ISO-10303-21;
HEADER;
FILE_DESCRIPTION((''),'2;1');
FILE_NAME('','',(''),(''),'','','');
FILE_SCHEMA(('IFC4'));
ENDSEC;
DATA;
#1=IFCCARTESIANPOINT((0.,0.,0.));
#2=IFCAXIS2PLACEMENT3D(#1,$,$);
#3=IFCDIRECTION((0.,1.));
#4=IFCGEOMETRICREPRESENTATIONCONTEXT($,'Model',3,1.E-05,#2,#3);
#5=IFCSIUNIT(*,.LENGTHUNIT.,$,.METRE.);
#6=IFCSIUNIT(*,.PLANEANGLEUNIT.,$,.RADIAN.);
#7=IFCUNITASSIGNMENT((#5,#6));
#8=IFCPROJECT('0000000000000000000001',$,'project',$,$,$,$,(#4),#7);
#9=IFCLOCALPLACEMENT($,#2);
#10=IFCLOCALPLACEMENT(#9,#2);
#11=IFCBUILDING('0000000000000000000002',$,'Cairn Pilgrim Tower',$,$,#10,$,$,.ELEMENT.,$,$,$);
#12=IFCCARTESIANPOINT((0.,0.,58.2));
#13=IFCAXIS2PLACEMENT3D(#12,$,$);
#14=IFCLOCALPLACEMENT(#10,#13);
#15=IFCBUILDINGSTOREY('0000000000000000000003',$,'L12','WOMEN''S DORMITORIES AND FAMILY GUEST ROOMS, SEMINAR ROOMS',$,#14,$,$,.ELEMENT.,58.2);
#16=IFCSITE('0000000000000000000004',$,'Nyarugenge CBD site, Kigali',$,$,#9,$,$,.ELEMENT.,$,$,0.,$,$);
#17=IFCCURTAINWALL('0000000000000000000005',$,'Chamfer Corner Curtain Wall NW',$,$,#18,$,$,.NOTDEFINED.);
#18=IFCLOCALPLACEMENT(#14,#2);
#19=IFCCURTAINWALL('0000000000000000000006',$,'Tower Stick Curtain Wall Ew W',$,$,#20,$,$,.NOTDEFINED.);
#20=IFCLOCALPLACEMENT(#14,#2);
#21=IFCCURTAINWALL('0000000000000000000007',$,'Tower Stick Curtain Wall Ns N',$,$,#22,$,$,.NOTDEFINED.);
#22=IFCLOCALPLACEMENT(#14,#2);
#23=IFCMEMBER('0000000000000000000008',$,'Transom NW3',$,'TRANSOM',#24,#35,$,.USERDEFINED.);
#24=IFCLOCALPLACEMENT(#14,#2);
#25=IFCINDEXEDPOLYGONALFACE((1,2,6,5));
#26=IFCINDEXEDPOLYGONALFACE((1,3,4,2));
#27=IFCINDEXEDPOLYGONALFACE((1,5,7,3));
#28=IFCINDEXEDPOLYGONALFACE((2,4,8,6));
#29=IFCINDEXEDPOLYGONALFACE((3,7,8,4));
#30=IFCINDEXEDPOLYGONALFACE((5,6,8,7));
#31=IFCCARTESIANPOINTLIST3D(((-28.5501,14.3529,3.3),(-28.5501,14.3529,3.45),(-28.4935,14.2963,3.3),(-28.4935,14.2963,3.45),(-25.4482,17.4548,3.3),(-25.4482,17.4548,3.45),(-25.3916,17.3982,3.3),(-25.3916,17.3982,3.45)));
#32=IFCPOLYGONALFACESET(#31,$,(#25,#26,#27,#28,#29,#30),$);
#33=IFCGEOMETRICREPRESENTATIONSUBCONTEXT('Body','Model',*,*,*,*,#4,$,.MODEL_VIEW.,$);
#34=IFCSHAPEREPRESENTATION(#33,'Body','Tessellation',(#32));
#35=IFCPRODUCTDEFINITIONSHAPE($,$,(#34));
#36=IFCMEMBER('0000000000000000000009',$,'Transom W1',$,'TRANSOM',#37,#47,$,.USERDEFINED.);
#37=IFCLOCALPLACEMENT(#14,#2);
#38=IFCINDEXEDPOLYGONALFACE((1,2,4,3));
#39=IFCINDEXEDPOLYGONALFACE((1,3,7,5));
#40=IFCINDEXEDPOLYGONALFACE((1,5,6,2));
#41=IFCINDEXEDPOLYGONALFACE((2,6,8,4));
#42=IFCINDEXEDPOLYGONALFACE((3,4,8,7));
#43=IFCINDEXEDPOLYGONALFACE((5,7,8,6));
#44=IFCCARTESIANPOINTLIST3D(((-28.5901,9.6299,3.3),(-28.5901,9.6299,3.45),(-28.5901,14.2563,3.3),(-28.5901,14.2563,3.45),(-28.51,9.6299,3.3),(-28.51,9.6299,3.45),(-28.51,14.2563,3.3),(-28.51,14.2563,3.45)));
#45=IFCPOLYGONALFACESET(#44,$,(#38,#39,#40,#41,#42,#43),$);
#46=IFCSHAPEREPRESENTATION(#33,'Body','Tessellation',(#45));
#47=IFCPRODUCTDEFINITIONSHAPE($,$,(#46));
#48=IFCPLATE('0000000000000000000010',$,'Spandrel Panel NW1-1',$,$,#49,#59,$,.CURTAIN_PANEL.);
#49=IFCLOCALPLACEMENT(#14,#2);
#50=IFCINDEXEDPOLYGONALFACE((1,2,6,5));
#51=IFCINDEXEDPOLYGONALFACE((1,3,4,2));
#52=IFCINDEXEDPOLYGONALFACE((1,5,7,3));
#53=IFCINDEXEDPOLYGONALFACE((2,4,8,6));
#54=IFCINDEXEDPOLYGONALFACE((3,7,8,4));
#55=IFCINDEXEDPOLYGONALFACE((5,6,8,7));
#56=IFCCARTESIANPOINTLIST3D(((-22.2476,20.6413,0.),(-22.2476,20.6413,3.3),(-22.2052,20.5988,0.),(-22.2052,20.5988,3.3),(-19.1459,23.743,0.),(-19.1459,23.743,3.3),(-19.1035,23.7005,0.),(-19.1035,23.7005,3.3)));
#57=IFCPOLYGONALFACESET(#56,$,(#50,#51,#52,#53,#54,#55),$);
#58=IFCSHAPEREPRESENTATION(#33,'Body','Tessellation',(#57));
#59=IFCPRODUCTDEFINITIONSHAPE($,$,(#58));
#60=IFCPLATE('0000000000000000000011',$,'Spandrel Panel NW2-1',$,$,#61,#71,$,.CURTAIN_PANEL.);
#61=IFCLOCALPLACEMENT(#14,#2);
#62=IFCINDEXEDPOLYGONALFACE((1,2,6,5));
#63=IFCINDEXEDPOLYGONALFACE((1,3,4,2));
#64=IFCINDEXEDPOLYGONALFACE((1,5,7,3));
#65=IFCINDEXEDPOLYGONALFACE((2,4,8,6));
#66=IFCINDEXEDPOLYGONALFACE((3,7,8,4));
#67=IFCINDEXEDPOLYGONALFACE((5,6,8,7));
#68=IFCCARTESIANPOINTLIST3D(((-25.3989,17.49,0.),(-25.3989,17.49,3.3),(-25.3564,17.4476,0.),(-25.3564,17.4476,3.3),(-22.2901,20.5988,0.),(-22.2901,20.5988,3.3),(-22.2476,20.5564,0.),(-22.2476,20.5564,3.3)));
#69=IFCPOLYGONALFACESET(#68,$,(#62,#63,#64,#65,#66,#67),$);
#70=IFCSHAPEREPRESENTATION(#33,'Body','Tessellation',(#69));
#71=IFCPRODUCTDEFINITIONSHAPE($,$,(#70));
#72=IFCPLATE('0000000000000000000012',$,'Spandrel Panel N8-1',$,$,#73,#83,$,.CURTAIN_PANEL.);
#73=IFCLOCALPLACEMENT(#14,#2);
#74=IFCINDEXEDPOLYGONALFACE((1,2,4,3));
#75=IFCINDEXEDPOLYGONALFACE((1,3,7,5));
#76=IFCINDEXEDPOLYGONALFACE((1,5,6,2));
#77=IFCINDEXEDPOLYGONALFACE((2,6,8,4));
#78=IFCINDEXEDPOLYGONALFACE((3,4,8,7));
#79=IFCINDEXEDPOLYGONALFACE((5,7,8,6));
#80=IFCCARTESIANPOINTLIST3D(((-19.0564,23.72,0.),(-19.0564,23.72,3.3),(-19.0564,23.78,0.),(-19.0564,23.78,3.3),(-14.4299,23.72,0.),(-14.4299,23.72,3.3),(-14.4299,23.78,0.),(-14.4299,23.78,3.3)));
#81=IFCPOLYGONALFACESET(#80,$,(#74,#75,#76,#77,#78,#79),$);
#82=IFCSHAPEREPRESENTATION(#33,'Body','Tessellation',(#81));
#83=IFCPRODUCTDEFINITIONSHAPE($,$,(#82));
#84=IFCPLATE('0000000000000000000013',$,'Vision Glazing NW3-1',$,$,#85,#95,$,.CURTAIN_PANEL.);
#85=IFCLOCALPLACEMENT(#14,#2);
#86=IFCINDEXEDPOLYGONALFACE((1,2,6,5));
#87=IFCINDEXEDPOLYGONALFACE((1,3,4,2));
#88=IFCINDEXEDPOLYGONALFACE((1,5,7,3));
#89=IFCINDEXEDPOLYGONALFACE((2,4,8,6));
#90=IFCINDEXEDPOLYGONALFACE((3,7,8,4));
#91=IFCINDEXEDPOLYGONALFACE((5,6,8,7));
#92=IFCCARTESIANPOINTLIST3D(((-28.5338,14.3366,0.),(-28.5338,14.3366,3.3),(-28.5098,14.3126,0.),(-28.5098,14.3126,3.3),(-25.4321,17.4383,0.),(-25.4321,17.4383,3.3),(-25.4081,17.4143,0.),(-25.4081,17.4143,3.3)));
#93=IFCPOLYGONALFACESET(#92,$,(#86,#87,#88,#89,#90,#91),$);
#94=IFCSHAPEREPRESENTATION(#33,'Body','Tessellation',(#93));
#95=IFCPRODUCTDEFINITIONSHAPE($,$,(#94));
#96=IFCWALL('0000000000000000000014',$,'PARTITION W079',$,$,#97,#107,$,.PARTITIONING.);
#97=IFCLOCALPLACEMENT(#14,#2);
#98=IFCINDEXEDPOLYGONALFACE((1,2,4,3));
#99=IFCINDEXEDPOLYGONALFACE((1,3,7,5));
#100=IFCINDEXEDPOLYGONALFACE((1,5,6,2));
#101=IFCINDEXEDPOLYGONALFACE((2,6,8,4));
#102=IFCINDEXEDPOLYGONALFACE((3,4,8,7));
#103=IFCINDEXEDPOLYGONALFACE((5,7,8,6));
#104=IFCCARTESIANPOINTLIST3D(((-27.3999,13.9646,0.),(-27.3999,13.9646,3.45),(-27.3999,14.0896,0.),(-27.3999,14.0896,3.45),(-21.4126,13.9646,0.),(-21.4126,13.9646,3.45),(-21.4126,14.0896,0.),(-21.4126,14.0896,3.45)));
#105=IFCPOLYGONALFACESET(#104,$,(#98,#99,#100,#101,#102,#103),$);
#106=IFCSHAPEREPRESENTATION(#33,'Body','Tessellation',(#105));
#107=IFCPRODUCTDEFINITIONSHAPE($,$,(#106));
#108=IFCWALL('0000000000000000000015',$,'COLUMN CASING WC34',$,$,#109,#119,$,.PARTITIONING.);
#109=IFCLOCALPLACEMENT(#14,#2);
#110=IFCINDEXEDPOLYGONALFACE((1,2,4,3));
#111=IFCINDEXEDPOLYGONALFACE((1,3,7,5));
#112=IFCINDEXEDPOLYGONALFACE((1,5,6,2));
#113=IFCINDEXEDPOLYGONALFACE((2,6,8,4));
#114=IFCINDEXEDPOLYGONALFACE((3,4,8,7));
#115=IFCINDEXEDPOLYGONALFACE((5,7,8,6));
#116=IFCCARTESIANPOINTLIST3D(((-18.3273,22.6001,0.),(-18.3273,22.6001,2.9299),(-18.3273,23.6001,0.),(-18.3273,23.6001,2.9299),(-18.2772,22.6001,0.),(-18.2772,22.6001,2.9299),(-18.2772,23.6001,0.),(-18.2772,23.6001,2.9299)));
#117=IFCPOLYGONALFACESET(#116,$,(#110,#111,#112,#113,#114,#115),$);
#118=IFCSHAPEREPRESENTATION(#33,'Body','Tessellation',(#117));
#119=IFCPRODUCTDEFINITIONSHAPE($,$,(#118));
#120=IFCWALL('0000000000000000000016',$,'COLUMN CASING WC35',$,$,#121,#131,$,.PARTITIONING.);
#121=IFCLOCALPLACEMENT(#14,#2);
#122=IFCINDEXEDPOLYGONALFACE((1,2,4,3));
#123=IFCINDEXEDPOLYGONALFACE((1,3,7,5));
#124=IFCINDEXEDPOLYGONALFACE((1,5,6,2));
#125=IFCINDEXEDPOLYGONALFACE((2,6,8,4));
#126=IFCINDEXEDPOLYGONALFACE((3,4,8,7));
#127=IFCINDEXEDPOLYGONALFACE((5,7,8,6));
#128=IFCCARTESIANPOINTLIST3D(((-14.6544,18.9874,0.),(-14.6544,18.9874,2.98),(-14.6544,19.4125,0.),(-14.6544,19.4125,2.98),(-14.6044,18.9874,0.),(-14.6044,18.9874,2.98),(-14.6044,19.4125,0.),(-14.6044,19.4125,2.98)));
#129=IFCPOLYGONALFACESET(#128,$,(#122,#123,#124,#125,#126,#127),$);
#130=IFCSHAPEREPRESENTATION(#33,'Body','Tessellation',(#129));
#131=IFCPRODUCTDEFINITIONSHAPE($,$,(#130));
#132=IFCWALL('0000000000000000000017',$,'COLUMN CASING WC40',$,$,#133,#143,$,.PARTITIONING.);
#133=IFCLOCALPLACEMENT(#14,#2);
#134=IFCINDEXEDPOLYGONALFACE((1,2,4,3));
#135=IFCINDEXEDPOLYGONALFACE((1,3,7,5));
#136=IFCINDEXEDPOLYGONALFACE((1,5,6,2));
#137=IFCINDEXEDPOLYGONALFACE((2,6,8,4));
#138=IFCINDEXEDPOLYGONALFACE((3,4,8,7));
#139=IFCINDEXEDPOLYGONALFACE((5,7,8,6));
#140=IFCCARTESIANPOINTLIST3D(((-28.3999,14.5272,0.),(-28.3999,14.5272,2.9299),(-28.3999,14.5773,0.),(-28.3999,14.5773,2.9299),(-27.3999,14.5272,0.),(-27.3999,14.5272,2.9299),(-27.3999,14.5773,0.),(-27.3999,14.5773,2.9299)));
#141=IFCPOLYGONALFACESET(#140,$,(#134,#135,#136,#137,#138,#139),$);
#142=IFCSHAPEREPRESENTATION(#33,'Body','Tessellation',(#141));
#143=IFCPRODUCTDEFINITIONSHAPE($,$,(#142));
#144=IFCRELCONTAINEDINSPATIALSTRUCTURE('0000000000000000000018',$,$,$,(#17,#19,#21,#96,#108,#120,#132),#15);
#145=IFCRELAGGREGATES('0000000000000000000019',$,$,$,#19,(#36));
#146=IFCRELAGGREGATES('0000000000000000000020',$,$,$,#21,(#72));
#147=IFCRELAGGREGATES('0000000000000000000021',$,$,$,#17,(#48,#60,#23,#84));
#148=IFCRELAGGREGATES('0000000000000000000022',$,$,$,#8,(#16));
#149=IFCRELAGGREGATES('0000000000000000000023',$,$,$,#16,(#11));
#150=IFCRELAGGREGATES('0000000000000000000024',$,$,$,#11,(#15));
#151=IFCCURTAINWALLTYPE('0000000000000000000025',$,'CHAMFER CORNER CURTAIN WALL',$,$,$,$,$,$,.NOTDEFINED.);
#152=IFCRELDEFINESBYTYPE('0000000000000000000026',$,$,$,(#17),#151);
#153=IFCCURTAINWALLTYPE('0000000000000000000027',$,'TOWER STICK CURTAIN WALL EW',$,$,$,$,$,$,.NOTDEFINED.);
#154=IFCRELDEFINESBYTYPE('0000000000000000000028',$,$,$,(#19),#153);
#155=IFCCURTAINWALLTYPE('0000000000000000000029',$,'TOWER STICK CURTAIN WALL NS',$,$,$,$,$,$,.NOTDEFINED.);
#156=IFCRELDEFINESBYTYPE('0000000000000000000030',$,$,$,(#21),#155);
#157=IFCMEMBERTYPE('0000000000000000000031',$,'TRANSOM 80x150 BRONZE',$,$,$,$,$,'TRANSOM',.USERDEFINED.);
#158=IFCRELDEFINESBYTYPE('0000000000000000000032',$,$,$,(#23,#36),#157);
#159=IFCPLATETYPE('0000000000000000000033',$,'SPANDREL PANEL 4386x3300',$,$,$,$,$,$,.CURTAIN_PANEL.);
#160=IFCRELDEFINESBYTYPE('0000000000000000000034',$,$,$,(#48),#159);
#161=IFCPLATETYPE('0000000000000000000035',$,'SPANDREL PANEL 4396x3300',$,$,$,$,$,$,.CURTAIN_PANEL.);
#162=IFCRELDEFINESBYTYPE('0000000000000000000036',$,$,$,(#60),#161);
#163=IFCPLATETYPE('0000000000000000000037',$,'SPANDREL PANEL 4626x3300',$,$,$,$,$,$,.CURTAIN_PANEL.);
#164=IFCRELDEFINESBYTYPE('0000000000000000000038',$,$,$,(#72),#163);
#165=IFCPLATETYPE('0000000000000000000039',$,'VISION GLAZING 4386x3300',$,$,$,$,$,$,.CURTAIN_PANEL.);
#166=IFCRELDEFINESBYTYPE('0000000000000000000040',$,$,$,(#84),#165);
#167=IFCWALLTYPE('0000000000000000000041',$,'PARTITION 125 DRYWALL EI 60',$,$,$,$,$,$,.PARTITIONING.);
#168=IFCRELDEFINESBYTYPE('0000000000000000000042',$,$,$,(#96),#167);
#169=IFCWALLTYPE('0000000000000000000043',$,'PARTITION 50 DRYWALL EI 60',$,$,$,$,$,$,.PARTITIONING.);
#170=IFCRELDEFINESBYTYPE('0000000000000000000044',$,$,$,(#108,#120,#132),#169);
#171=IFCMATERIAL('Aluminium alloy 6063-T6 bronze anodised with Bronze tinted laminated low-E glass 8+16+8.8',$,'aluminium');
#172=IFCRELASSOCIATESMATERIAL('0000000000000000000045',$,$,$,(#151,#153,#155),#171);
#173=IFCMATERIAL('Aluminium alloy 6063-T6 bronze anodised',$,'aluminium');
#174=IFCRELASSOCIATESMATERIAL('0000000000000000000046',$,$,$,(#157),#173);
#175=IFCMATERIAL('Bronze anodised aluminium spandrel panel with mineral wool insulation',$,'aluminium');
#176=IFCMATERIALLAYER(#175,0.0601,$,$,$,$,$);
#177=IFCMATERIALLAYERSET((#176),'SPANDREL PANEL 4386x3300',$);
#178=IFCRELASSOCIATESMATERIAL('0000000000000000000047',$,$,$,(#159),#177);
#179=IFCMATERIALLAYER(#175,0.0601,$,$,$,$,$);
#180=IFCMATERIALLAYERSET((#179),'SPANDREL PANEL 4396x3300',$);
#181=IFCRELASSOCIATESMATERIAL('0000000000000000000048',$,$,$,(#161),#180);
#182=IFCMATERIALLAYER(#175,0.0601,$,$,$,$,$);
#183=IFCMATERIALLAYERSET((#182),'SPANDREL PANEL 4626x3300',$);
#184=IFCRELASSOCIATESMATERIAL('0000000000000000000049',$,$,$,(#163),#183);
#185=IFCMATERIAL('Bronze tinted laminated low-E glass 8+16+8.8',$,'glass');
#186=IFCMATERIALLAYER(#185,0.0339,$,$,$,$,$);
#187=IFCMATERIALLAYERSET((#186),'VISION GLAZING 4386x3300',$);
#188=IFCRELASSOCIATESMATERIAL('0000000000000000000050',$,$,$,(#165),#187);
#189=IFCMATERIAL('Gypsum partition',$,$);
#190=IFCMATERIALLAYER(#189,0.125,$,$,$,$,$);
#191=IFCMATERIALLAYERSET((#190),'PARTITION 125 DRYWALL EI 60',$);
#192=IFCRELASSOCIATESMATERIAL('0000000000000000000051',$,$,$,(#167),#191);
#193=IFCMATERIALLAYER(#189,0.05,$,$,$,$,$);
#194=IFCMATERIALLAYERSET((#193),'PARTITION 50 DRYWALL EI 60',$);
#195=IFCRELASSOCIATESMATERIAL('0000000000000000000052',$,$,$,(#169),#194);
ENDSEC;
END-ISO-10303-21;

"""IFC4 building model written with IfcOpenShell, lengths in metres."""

from ifc_helpers import new_model, si_unit, direction, frame, frame_2d, origin, origin_2d, place, context, subcontext, project, spatial, rectangle, extrude, material, layer, layer_set, material_profile, profile_set, type_object, element, aggregate, save


model = new_model("IFC4")

# Units and contexts
model_context = context("Model", 3, precision=1e-05, world=origin(), true_north=direction((0.0, 1.0)))
body_context = subcontext(model_context, "Body", "Model", "MODEL_VIEW")
ifc_project = project(units=[si_unit("LENGTHUNIT", "METRE"), si_unit("PLANEANGLEUNIT", "RADIAN")], contexts=[model_context])

# Site, building, storey
site_placement = place(None, origin())
site = spatial("IfcSite", under=ifc_project, at=site_placement, Name="Nyarugenge CBD site, Kigali", CompositionType="ELEMENT", RefElevation=0.0)
building_placement = place(site_placement, origin())
building = spatial("IfcBuilding", under=site, at=building_placement, Name="Cairn Pilgrim Tower", CompositionType="ELEMENT")
storey_placement = place(building_placement, frame((0.0, 0.0, 58.2)))
storey = spatial("IfcBuildingStorey", under=building, at=storey_placement, Name="L12", Description="WOMEN'S DORMITORIES AND FAMILY GUEST ROOMS, SEMINAR ROOMS", CompositionType="ELEMENT", Elevation=58.2)

# Curtain wall
ifc_material_1 = material(Name="Aluminium alloy 6063-T6 bronze anodised with Bronze tinted laminated low-E glass 8+16+8.8", Category="aluminium")
curtain_wall_type_1 = type_object("IfcCurtainWallType", Name="CHAMFER CORNER CURTAIN WALL", PredefinedType="NOTDEFINED", material=ifc_material_1)
curtain_wall_1_placement = place(storey_placement, origin())
curtain_wall_1 = element("IfcCurtainWall", 1, at=curtain_wall_1_placement, inside=storey, type_object=curtain_wall_type_1, Name="Chamfer Corner Curtain Wall NW", PredefinedType="NOTDEFINED")
ifc_material_2 = material(Name="Aluminium alloy 6063-T6 bronze anodised", Category="aluminium")

# Curtain wall
curtain_wall_type_2 = type_object("IfcCurtainWallType", Name="TOWER STICK CURTAIN WALL EW", PredefinedType="NOTDEFINED", material=ifc_material_1)
curtain_wall_2_placement = place(storey_placement, origin())
curtain_wall_2 = element("IfcCurtainWall", 2, at=curtain_wall_2_placement, inside=storey, type_object=curtain_wall_type_2, Name="Tower Stick Curtain Wall Ew W", PredefinedType="NOTDEFINED")

# Curtain wall
curtain_wall_type_3 = type_object("IfcCurtainWallType", Name="TOWER STICK CURTAIN WALL NS", PredefinedType="NOTDEFINED", material=ifc_material_1)
curtain_wall_3_placement = place(storey_placement, origin())
curtain_wall_3 = element("IfcCurtainWall", 3, at=curtain_wall_3_placement, inside=storey, type_object=curtain_wall_type_3, Name="Tower Stick Curtain Wall Ns N", PredefinedType="NOTDEFINED")
ifc_material_profile_1 = material_profile(ifc_material_2, rectangle(XDim=0.0801, YDim=0.1499, at=origin_2d()), Name="TRANSOM 80x150 BRONZE")
ifc_profile_set_1 = profile_set([ifc_material_profile_1], Name="Aluminium alloy 6063-T6 bronze anodised")
member_type_1 = type_object("IfcMemberType", Name="TRANSOM 80x150 BRONZE", ElementType="TRANSOM", PredefinedType="USERDEFINED", material=ifc_profile_set_1)

# Members
member_1_placement = place(storey_placement, frame((-25.4199, 17.4265, 3.375), z_axis=(-0.707107, -0.707107, 0.0), x_axis=(0.707107, -0.707107, 0.0)))
member_1 = element("IfcMember", 4, at=member_1_placement, type_object=member_type_1, Name="Transom NW3", ObjectType="TRANSOM", PredefinedType="USERDEFINED", context=body_context, shape_type="SweptSolid", body=[
    extrude(rectangle(XDim=0.0801, YDim=0.1499, at=origin_2d()), origin(), (0.0, 0.0, 1.0), 4.3867),
])
member_2_placement = place(storey_placement, frame((-28.55, 14.2563, 3.375), z_axis=(0.0, -1.0, 0.0), x_axis=(1.0, 0.0, 0.0)))
member_2 = element("IfcMember", 5, at=member_2_placement, type_object=member_type_1, Name="Transom W1", ObjectType="TRANSOM", PredefinedType="USERDEFINED", context=body_context, shape_type="SweptSolid", body=[
    extrude(rectangle(XDim=0.0801, YDim=0.1499, at=origin_2d()), origin(), (0.0, 0.0, 1.0), 4.6265),
])
aggregate(curtain_wall_2, [member_2])

# Plates
ifc_material_3 = material(Name="Bronze anodised aluminium spandrel panel with mineral wool insulation", Category="aluminium")
ifc_layer_1 = layer(ifc_material_3, 0.0601)
ifc_layer_set_1 = layer_set([ifc_layer_1], Name="SPANDREL PANEL 4386x3300")
plate_type_1 = type_object("IfcPlateType", Name="SPANDREL PANEL 4386x3300", PredefinedType="CURTAIN_PANEL", material=ifc_layer_set_1)
plate_1_placement = place(storey_placement, frame((-20.6755, 22.1709, 0.0), z_axis=(0.0, 0.0, 1.0), x_axis=(-0.707107, -0.707107, 0.0)))
plate_1 = element("IfcPlate", 6, at=plate_1_placement, type_object=plate_type_1, Name="Spandrel Panel NW1-1", PredefinedType="CURTAIN_PANEL", context=body_context, shape_type="SweptSolid", body=[
    extrude(rectangle(XDim=4.3865, YDim=0.0601, at=origin_2d()), origin(), (0.0, 0.0, 1.0), 3.3),
])
ifc_layer_2 = layer(ifc_material_3, 0.0601)
ifc_layer_set_2 = layer_set([ifc_layer_2], Name="SPANDREL PANEL 4396x3300")
plate_type_2 = type_object("IfcPlateType", Name="SPANDREL PANEL 4396x3300", PredefinedType="CURTAIN_PANEL", material=ifc_layer_set_2)
plate_2_placement = place(storey_placement, frame((-23.8232, 19.0232, 0.0), z_axis=(0.0, 0.0, 1.0), x_axis=(-0.707107, -0.707107, 0.0)))
plate_2 = element("IfcPlate", 7, at=plate_2_placement, type_object=plate_type_2, Name="Spandrel Panel NW2-1", PredefinedType="CURTAIN_PANEL", context=body_context, shape_type="SweptSolid", body=[
    extrude(rectangle(XDim=4.3965, YDim=0.0601, at=origin_2d()), origin(), (0.0, 0.0, 1.0), 3.3),
])
ifc_layer_3 = layer(ifc_material_3, 0.0601)
ifc_layer_set_3 = layer_set([ifc_layer_3], Name="SPANDREL PANEL 4626x3300")
plate_type_3 = type_object("IfcPlateType", Name="SPANDREL PANEL 4626x3300", PredefinedType="CURTAIN_PANEL", material=ifc_layer_set_3)
plate_3_placement = place(storey_placement, frame((-16.7432, 23.75, 0.0), z_axis=(0.0, 0.0, 1.0), x_axis=(-1.0, 0.0, 0.0)))
plate_3 = element("IfcPlate", 8, at=plate_3_placement, type_object=plate_type_3, Name="Spandrel Panel N8-1", PredefinedType="CURTAIN_PANEL", context=body_context, shape_type="SweptSolid", body=[
    extrude(rectangle(XDim=4.6265, YDim=0.0601, at=origin_2d()), origin(), (0.0, 0.0, 1.0), 3.3),
])
aggregate(curtain_wall_3, [plate_3])
ifc_material_4 = material(Name="Bronze tinted laminated low-E glass 8+16+8.8", Category="glass")
ifc_layer_4 = layer(ifc_material_4, 0.0339)
ifc_layer_set_4 = layer_set([ifc_layer_4], Name="VISION GLAZING 4386x3300")
plate_type_4 = type_object("IfcPlateType", Name="VISION GLAZING 4386x3300", PredefinedType="CURTAIN_PANEL", material=ifc_layer_set_4)
plate_4_placement = place(storey_placement, frame((-26.9709, 15.8755, 0.0), z_axis=(0.0, 0.0, 1.0), x_axis=(-0.707107, -0.707107, 0.0)))
plate_4 = element("IfcPlate", 9, at=plate_4_placement, type_object=plate_type_4, Name="Vision Glazing NW3-1", PredefinedType="CURTAIN_PANEL", context=body_context, shape_type="SweptSolid", body=[
    extrude(rectangle(XDim=4.3865, YDim=0.0339, at=origin_2d()), origin(), (0.0, 0.0, 1.0), 3.3),
])
aggregate(curtain_wall_1, [plate_1, plate_2, member_1, plate_4])

# Walls
ifc_material_5 = material(Name="Gypsum partition")
ifc_layer_5 = layer(ifc_material_5, 0.125)
ifc_layer_set_5 = layer_set([ifc_layer_5], Name="PARTITION 125 DRYWALL EI 60")
wall_type_1 = type_object("IfcWallType", Name="PARTITION 125 DRYWALL EI 60", PredefinedType="PARTITIONING", material=ifc_layer_set_5)
wall_1_placement = place(storey_placement, frame((-27.3999, 14.0271, 0.0), z_axis=(0.0, 0.0, 1.0), x_axis=(1.0, 0.0, 0.0)))
element("IfcWall", 10, at=wall_1_placement, inside=storey, type_object=wall_type_1, Name="PARTITION W079", PredefinedType="PARTITIONING", context=body_context, shape_type="SweptSolid", body=[
    extrude(rectangle(XDim=5.9873, YDim=0.125, at=frame_2d((2.9937, 0.0))), origin(), (0.0, 0.0, 1.0), 3.45),
])
ifc_layer_6 = layer(ifc_material_5, 0.05)
ifc_layer_set_6 = layer_set([ifc_layer_6], Name="PARTITION 50 DRYWALL EI 60")
wall_type_2 = type_object("IfcWallType", Name="PARTITION 50 DRYWALL EI 60", PredefinedType="PARTITIONING", material=ifc_layer_set_6)
wall_2_placement = place(storey_placement, frame((-18.3022, 22.6001, 0.0), z_axis=(0.0, 0.0, 1.0), x_axis=(0.0, 1.0, 0.0)))
element("IfcWall", 11, at=wall_2_placement, inside=storey, type_object=wall_type_2, Name="COLUMN CASING WC34", PredefinedType="PARTITIONING", context=body_context, shape_type="SweptSolid", body=[
    extrude(rectangle(XDim=1.0, YDim=0.05, at=frame_2d((0.5, 0.0))), origin(), (0.0, 0.0, 1.0), 2.9299),
])
wall_3_placement = place(storey_placement, frame((-14.6294, 18.9875, 0.0), z_axis=(0.0, 0.0, 1.0), x_axis=(0.0, 1.0, 0.0)))
element("IfcWall", 12, at=wall_3_placement, inside=storey, type_object=wall_type_2, Name="COLUMN CASING WC35", PredefinedType="PARTITIONING", context=body_context, shape_type="SweptSolid", body=[
    extrude(rectangle(XDim=0.425, YDim=0.05, at=frame_2d((0.2124, 0.0))), origin(), (0.0, 0.0, 1.0), 2.98),
])
wall_4_placement = place(storey_placement, frame((-28.3999, 14.5522, 0.0), z_axis=(0.0, 0.0, 1.0), x_axis=(1.0, 0.0, 0.0)))
element("IfcWall", 13, at=wall_4_placement, inside=storey, type_object=wall_type_2, Name="COLUMN CASING WC40", PredefinedType="PARTITIONING", context=body_context, shape_type="SweptSolid", body=[
    extrude(rectangle(XDim=1.0, YDim=0.05, at=frame_2d((0.5, 0.0))), origin(), (0.0, 0.0, 1.0), 2.9299),
])

save(model, "model.ifc")
